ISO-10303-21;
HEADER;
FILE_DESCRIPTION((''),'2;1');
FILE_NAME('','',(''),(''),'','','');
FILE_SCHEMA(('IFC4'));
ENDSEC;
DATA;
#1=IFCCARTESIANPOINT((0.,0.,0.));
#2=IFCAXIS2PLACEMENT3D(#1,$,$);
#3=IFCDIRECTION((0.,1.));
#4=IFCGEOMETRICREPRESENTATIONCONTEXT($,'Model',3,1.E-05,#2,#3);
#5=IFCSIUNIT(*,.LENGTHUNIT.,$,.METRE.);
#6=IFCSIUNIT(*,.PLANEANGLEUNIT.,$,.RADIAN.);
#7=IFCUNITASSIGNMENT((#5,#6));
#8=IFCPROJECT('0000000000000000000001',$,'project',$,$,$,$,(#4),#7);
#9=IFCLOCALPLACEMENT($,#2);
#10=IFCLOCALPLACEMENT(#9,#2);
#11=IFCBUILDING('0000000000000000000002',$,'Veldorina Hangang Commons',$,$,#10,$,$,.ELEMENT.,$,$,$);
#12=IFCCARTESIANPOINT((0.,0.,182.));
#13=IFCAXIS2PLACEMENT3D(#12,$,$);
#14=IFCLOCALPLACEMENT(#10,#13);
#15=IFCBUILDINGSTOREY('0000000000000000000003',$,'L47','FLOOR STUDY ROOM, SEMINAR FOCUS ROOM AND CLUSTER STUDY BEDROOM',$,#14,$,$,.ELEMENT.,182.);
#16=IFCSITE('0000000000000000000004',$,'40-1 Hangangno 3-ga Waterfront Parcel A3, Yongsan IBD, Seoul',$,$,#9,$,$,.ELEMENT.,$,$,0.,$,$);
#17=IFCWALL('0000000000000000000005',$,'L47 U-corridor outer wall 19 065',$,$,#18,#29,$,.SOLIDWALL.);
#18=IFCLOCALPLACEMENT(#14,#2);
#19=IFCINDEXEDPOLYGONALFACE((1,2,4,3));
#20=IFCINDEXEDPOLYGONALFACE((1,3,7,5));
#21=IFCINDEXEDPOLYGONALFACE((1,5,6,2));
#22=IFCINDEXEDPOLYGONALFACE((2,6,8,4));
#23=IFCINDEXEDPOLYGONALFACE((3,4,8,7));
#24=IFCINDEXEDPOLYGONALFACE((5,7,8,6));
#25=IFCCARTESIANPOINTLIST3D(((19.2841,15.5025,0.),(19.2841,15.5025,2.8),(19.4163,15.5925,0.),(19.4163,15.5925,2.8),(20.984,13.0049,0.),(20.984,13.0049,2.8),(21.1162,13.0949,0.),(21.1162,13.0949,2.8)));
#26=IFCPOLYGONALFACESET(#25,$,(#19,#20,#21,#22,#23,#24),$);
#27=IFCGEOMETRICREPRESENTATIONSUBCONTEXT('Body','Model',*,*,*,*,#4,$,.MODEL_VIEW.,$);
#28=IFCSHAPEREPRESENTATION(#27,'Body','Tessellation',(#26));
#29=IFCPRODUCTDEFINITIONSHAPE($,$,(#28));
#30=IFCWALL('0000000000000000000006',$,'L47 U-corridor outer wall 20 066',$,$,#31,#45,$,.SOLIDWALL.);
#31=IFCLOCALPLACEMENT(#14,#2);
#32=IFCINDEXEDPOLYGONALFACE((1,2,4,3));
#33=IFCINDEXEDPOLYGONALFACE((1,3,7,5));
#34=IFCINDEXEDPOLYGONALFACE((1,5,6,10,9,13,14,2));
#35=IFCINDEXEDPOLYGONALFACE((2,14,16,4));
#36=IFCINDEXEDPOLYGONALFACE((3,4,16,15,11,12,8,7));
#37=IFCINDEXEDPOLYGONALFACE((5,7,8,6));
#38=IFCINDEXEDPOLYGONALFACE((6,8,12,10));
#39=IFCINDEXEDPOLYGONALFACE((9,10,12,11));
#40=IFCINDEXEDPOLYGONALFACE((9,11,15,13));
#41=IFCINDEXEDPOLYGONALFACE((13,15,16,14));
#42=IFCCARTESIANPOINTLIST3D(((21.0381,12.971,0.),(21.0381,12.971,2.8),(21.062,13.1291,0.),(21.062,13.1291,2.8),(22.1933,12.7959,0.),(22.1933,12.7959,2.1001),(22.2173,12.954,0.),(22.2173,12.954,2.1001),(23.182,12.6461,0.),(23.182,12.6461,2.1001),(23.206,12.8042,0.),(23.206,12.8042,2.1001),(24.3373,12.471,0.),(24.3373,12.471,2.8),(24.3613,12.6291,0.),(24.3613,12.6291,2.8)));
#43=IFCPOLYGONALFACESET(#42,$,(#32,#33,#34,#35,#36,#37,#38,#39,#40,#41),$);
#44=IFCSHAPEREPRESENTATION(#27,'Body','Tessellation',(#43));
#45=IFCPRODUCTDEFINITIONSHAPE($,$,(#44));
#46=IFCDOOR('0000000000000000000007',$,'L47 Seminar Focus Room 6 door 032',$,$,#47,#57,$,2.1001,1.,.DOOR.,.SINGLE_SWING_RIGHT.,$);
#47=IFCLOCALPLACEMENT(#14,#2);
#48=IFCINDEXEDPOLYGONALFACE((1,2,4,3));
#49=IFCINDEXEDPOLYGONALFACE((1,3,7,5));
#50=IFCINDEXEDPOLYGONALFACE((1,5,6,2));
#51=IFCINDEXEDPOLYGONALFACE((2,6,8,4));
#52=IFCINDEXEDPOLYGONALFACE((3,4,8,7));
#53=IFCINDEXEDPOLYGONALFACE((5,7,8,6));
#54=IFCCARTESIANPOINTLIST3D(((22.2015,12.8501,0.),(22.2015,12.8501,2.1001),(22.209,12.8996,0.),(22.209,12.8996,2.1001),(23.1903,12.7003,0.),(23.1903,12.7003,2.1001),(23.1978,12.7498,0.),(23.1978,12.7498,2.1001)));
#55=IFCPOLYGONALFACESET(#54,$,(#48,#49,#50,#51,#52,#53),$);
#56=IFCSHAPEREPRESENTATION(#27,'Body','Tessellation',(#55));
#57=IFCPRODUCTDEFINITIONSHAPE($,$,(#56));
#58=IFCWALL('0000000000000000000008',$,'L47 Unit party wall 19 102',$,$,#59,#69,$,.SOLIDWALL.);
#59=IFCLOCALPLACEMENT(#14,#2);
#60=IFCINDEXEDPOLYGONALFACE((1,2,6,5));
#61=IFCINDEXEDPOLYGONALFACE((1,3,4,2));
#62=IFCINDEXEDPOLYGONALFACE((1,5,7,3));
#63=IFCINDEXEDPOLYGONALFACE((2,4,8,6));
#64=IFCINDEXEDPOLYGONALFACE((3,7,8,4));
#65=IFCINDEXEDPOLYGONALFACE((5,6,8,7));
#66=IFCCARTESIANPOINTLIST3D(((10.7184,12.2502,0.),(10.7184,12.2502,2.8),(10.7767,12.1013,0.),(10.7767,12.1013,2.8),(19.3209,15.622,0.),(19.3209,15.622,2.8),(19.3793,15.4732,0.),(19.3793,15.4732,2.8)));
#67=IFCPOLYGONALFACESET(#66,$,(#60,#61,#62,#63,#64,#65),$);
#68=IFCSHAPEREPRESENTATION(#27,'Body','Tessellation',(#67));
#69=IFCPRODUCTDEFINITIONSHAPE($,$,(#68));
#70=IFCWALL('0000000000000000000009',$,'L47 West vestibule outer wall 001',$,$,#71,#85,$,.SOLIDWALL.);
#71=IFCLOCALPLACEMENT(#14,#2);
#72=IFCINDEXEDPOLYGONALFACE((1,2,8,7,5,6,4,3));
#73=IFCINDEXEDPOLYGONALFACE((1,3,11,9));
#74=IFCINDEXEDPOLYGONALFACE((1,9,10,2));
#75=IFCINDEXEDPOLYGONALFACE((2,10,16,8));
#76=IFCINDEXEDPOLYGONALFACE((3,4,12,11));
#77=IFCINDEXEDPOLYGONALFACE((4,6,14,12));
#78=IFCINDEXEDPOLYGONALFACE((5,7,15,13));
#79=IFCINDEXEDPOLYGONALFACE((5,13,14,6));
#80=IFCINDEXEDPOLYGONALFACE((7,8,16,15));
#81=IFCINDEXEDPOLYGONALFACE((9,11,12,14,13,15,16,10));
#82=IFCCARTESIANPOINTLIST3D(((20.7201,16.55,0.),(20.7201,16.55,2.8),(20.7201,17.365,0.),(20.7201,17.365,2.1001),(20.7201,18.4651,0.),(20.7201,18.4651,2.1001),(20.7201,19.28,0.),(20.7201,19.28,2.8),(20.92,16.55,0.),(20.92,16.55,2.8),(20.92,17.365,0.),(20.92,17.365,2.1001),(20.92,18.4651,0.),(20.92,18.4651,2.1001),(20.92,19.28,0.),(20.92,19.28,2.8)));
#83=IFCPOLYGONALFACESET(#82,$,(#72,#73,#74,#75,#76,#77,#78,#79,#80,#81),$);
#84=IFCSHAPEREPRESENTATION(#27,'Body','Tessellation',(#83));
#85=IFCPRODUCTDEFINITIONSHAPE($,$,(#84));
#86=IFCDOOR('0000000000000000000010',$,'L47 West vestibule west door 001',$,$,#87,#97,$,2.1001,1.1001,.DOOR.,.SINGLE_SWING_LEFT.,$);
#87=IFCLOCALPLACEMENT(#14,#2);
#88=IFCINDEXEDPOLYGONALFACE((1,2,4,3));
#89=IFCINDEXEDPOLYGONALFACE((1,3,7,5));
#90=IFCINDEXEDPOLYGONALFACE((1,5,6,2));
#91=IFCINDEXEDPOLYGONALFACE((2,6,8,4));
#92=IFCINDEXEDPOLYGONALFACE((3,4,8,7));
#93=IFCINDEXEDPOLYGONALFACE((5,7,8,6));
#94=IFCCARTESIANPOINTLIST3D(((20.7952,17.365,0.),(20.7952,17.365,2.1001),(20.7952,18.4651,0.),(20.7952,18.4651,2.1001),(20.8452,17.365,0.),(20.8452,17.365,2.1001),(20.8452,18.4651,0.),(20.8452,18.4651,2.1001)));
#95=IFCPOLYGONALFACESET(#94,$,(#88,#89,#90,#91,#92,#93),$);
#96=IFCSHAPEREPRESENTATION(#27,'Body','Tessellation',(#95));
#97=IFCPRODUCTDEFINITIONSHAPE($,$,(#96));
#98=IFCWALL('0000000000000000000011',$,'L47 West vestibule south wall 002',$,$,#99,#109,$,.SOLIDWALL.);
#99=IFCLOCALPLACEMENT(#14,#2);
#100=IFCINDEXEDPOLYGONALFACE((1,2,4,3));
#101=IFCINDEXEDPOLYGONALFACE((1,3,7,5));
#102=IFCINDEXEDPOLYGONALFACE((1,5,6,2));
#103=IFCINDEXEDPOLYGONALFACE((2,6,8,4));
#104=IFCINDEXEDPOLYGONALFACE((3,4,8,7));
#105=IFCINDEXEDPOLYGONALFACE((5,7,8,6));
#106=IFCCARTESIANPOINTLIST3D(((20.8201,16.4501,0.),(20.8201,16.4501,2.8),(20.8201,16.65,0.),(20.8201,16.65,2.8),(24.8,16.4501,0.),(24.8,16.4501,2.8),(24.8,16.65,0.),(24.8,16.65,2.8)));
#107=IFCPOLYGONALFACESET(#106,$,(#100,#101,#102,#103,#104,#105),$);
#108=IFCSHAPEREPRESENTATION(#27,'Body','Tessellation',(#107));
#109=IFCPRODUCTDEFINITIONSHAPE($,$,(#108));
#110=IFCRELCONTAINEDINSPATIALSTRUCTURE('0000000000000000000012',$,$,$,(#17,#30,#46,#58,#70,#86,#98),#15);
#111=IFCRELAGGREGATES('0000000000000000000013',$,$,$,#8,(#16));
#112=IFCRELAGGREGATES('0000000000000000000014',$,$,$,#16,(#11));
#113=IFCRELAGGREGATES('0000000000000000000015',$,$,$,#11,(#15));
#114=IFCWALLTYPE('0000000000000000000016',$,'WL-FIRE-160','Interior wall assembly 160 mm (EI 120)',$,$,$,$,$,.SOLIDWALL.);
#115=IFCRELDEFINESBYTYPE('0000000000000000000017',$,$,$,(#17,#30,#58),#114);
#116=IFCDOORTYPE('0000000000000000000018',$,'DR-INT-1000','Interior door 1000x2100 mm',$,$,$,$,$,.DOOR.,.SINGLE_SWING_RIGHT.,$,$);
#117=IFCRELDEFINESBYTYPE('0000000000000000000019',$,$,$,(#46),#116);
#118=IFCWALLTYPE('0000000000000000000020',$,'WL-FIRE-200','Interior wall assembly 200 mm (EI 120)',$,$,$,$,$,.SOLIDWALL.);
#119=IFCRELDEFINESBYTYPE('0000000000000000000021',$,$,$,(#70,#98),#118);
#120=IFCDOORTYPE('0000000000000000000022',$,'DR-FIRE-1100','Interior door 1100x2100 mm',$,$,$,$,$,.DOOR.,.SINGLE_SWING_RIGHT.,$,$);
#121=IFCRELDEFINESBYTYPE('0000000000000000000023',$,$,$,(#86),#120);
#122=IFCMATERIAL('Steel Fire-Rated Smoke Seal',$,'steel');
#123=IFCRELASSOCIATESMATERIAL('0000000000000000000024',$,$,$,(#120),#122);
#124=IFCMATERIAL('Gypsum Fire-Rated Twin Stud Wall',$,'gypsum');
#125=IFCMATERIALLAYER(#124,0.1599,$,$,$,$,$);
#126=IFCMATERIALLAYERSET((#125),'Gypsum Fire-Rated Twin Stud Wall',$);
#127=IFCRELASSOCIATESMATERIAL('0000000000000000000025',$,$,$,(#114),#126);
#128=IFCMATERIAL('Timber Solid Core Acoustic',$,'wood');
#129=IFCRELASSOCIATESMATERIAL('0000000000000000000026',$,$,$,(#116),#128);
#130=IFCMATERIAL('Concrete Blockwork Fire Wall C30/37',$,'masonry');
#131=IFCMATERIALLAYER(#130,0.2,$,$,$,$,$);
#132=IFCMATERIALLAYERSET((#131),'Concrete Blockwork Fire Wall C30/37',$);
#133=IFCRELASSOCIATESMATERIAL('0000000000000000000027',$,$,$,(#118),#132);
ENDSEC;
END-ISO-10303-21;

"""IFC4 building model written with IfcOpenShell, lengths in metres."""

from ifc_helpers import new_model, si_unit, direction, frame, frame_2d, origin, place, context, subcontext, project, spatial, rectangle, extrude, material, layer, layer_set, type_object, element, fill, save


model = new_model("IFC4")

# Units and contexts
model_context = context("Model", 3, precision=1e-05, world=origin(), true_north=direction((0.0, 1.0)))
body_context = subcontext(model_context, "Body", "Model", "MODEL_VIEW")
ifc_project = project(units=[si_unit("LENGTHUNIT", "METRE"), si_unit("PLANEANGLEUNIT", "RADIAN")], contexts=[model_context])

# Site, building, storey
site_placement = place(None, origin())
site = spatial("IfcSite", under=ifc_project, at=site_placement, Name="40-1 Hangangno 3-ga Waterfront Parcel A3, Yongsan IBD, Seoul", CompositionType="ELEMENT", RefElevation=0.0)
building_placement = place(site_placement, origin())
building = spatial("IfcBuilding", under=site, at=building_placement, Name="Veldorina Hangang Commons", CompositionType="ELEMENT")
storey_placement = place(building_placement, frame((0.0, 0.0, 182.0)))
storey = spatial("IfcBuildingStorey", under=building, at=storey_placement, Name="L47", Description="FLOOR STUDY ROOM, SEMINAR FOCUS ROOM AND CLUSTER STUDY BEDROOM", CompositionType="ELEMENT", Elevation=182.0)

# Shared definitions
ifc_material_1 = material(Name="Steel Fire-Rated Smoke Seal", Category="steel")
door_type_1 = type_object("IfcDoorType", Name="DR-FIRE-1100", Description="Interior door 1100x2100 mm", OperationType="SINGLE_SWING_RIGHT", PredefinedType="DOOR", material=ifc_material_1)
ifc_material_2 = material(Name="Gypsum Fire-Rated Twin Stud Wall", Category="gypsum")
ifc_layer_1 = layer(ifc_material_2, 0.1599)
ifc_layer_set_1 = layer_set([ifc_layer_1], Name="Gypsum Fire-Rated Twin Stud Wall")
wall_type_1 = type_object("IfcWallType", Name="WL-FIRE-160", Description="Interior wall assembly 160 mm (EI 120)", PredefinedType="SOLIDWALL", material=ifc_layer_set_1)
ifc_material_3 = material(Name="Timber Solid Core Acoustic", Category="wood")
door_type_2 = type_object("IfcDoorType", Name="DR-INT-1000", Description="Interior door 1000x2100 mm", OperationType="SINGLE_SWING_RIGHT", PredefinedType="DOOR", material=ifc_material_3)

# Wall
wall_1_placement = place(storey_placement, frame((19.3501, 15.5476, 0.0), z_axis=(0.0, 0.0, 1.0), x_axis=(0.562675, -0.826678, 0.0)))
element("IfcWall", 1, at=wall_1_placement, inside=storey, type_object=wall_type_1, Name="L47 U-corridor outer wall 19 065", PredefinedType="SOLIDWALL", context=body_context, shape_type="SweptSolid", body=[
    extrude(rectangle(XDim=3.0212, YDim=0.1599, at=frame_2d((1.5107, 0.0))), origin(), (0.0, 0.0, 1.0), 2.8),
])

# Wall, opening, door
wall_2_placement = place(storey_placement, frame((21.05, 13.05, 0.0), z_axis=(0.0, 0.0, 1.0), x_axis=(0.988711, -0.149836, 0.0)))
wall_2 = element("IfcWall", 2, at=wall_2_placement, inside=storey, type_object=wall_type_1, Name="L47 U-corridor outer wall 20 066", PredefinedType="SOLIDWALL", context=body_context, shape_type="SweptSolid", body=[
    extrude(rectangle(XDim=3.3369, YDim=0.1599, at=frame_2d((1.6685, 0.0))), origin(), (0.0, 0.0, 1.0), 2.8),
])
opening_1_placement = place(wall_2_placement, frame((1.1685, 0.0, 0.0)))
opening_1 = element("IfcOpeningElement", 3, at=opening_1_placement, cuts=wall_2, PredefinedType="OPENING", context=body_context, shape_type="SweptSolid", body=[
    extrude(rectangle(XDim=1.0, YDim=2.1001, at=frame_2d((0.5, 1.05))), frame((0.0, 0.0898, 0.0), z_axis=(0.0, -1.0, 0.0), x_axis=(1.0, 0.0, 0.0)), (0.0, 0.0, 1.0), 0.1799),
])
door_1_placement = place(opening_1_placement, origin())
door_1 = element("IfcDoor", 4, at=door_1_placement, inside=storey, type_object=door_type_2, Name="L47 Seminar Focus Room 6 door 032", OperationType="SINGLE_SWING_RIGHT", OverallHeight=2.1001, OverallWidth=1.0, PredefinedType="DOOR", context=body_context, shape_type="SweptSolid", body=[
    extrude(rectangle(XDim=1.0, YDim=2.1001, at=frame_2d((0.5, 1.05))), frame((0.0, 0.0249, 0.0), z_axis=(0.0, -1.0, 0.0), x_axis=(1.0, 0.0, 0.0)), (0.0, 0.0, 1.0), 0.05),
])
fill(opening_1, door_1)

# Wall
wall_3_placement = place(storey_placement, frame((19.3501, 15.5476, 0.0), z_axis=(0.0, 0.0, 1.0), x_axis=(-0.931036, -0.364926, 0.0)))
element("IfcWall", 5, at=wall_3_placement, inside=storey, type_object=wall_type_1, Name="L47 Unit party wall 19 102", PredefinedType="SOLIDWALL", context=body_context, shape_type="SweptSolid", body=[
    extrude(rectangle(XDim=9.2397, YDim=0.1599, at=frame_2d((4.6199, 0.0))), origin(), (0.0, 0.0, 1.0), 2.8),
])

# Wall, opening, door
ifc_material_4 = material(Name="Concrete Blockwork Fire Wall C30/37", Category="masonry")
ifc_layer_2 = layer(ifc_material_4, 0.2)
ifc_layer_set_2 = layer_set([ifc_layer_2], Name="Concrete Blockwork Fire Wall C30/37")
wall_type_2 = type_object("IfcWallType", Name="WL-FIRE-200", Description="Interior wall assembly 200 mm (EI 120)", PredefinedType="SOLIDWALL", material=ifc_layer_set_2)
wall_4_placement = place(storey_placement, frame((20.8201, 16.55, 0.0), z_axis=(0.0, 0.0, 1.0), x_axis=(0.0, 1.0, 0.0)))
wall_4 = element("IfcWall", 6, at=wall_4_placement, inside=storey, type_object=wall_type_2, Name="L47 West vestibule outer wall 001", PredefinedType="SOLIDWALL", context=body_context, shape_type="SweptSolid", body=[
    extrude(rectangle(XDim=2.73, YDim=0.2, at=frame_2d((1.365, 0.0))), origin(), (0.0, 0.0, 1.0), 2.8),
])
opening_2_placement = place(wall_4_placement, frame((0.8149, 0.0, 0.0)))
opening_2 = element("IfcOpeningElement", 7, at=opening_2_placement, cuts=wall_4, PredefinedType="OPENING", context=body_context, shape_type="SweptSolid", body=[
    extrude(rectangle(XDim=1.1001, YDim=2.1001, at=frame_2d((0.55, 1.05))), frame((0.0, 0.1099, 0.0), z_axis=(0.0, -1.0, 0.0), x_axis=(1.0, 0.0, 0.0)), (0.0, 0.0, 1.0), 0.22),
])
door_2_placement = place(opening_2_placement, origin())
door_2 = element("IfcDoor", 8, at=door_2_placement, inside=storey, type_object=door_type_1, Name="L47 West vestibule west door 001", OperationType="SINGLE_SWING_LEFT", OverallHeight=2.1001, OverallWidth=1.1001, PredefinedType="DOOR", context=body_context, shape_type="SweptSolid", body=[
    extrude(rectangle(XDim=1.1001, YDim=2.1001, at=frame_2d((0.55, 1.05))), frame((0.0, 0.0249, 0.0), z_axis=(0.0, -1.0, 0.0), x_axis=(1.0, 0.0, 0.0)), (0.0, 0.0, 1.0), 0.05),
])
fill(opening_2, door_2)

# Wall
wall_5_placement = place(storey_placement, frame((20.8201, 16.55, 0.0), z_axis=(0.0, 0.0, 1.0), x_axis=(1.0, 0.0, 0.0)))
element("IfcWall", 9, at=wall_5_placement, inside=storey, type_object=wall_type_2, Name="L47 West vestibule south wall 002", PredefinedType="SOLIDWALL", context=body_context, shape_type="SweptSolid", body=[
    extrude(rectangle(XDim=3.98, YDim=0.2, at=frame_2d((1.99, 0.0))), origin(), (0.0, 0.0, 1.0), 2.8),
])

save(model, "model.ifc")
